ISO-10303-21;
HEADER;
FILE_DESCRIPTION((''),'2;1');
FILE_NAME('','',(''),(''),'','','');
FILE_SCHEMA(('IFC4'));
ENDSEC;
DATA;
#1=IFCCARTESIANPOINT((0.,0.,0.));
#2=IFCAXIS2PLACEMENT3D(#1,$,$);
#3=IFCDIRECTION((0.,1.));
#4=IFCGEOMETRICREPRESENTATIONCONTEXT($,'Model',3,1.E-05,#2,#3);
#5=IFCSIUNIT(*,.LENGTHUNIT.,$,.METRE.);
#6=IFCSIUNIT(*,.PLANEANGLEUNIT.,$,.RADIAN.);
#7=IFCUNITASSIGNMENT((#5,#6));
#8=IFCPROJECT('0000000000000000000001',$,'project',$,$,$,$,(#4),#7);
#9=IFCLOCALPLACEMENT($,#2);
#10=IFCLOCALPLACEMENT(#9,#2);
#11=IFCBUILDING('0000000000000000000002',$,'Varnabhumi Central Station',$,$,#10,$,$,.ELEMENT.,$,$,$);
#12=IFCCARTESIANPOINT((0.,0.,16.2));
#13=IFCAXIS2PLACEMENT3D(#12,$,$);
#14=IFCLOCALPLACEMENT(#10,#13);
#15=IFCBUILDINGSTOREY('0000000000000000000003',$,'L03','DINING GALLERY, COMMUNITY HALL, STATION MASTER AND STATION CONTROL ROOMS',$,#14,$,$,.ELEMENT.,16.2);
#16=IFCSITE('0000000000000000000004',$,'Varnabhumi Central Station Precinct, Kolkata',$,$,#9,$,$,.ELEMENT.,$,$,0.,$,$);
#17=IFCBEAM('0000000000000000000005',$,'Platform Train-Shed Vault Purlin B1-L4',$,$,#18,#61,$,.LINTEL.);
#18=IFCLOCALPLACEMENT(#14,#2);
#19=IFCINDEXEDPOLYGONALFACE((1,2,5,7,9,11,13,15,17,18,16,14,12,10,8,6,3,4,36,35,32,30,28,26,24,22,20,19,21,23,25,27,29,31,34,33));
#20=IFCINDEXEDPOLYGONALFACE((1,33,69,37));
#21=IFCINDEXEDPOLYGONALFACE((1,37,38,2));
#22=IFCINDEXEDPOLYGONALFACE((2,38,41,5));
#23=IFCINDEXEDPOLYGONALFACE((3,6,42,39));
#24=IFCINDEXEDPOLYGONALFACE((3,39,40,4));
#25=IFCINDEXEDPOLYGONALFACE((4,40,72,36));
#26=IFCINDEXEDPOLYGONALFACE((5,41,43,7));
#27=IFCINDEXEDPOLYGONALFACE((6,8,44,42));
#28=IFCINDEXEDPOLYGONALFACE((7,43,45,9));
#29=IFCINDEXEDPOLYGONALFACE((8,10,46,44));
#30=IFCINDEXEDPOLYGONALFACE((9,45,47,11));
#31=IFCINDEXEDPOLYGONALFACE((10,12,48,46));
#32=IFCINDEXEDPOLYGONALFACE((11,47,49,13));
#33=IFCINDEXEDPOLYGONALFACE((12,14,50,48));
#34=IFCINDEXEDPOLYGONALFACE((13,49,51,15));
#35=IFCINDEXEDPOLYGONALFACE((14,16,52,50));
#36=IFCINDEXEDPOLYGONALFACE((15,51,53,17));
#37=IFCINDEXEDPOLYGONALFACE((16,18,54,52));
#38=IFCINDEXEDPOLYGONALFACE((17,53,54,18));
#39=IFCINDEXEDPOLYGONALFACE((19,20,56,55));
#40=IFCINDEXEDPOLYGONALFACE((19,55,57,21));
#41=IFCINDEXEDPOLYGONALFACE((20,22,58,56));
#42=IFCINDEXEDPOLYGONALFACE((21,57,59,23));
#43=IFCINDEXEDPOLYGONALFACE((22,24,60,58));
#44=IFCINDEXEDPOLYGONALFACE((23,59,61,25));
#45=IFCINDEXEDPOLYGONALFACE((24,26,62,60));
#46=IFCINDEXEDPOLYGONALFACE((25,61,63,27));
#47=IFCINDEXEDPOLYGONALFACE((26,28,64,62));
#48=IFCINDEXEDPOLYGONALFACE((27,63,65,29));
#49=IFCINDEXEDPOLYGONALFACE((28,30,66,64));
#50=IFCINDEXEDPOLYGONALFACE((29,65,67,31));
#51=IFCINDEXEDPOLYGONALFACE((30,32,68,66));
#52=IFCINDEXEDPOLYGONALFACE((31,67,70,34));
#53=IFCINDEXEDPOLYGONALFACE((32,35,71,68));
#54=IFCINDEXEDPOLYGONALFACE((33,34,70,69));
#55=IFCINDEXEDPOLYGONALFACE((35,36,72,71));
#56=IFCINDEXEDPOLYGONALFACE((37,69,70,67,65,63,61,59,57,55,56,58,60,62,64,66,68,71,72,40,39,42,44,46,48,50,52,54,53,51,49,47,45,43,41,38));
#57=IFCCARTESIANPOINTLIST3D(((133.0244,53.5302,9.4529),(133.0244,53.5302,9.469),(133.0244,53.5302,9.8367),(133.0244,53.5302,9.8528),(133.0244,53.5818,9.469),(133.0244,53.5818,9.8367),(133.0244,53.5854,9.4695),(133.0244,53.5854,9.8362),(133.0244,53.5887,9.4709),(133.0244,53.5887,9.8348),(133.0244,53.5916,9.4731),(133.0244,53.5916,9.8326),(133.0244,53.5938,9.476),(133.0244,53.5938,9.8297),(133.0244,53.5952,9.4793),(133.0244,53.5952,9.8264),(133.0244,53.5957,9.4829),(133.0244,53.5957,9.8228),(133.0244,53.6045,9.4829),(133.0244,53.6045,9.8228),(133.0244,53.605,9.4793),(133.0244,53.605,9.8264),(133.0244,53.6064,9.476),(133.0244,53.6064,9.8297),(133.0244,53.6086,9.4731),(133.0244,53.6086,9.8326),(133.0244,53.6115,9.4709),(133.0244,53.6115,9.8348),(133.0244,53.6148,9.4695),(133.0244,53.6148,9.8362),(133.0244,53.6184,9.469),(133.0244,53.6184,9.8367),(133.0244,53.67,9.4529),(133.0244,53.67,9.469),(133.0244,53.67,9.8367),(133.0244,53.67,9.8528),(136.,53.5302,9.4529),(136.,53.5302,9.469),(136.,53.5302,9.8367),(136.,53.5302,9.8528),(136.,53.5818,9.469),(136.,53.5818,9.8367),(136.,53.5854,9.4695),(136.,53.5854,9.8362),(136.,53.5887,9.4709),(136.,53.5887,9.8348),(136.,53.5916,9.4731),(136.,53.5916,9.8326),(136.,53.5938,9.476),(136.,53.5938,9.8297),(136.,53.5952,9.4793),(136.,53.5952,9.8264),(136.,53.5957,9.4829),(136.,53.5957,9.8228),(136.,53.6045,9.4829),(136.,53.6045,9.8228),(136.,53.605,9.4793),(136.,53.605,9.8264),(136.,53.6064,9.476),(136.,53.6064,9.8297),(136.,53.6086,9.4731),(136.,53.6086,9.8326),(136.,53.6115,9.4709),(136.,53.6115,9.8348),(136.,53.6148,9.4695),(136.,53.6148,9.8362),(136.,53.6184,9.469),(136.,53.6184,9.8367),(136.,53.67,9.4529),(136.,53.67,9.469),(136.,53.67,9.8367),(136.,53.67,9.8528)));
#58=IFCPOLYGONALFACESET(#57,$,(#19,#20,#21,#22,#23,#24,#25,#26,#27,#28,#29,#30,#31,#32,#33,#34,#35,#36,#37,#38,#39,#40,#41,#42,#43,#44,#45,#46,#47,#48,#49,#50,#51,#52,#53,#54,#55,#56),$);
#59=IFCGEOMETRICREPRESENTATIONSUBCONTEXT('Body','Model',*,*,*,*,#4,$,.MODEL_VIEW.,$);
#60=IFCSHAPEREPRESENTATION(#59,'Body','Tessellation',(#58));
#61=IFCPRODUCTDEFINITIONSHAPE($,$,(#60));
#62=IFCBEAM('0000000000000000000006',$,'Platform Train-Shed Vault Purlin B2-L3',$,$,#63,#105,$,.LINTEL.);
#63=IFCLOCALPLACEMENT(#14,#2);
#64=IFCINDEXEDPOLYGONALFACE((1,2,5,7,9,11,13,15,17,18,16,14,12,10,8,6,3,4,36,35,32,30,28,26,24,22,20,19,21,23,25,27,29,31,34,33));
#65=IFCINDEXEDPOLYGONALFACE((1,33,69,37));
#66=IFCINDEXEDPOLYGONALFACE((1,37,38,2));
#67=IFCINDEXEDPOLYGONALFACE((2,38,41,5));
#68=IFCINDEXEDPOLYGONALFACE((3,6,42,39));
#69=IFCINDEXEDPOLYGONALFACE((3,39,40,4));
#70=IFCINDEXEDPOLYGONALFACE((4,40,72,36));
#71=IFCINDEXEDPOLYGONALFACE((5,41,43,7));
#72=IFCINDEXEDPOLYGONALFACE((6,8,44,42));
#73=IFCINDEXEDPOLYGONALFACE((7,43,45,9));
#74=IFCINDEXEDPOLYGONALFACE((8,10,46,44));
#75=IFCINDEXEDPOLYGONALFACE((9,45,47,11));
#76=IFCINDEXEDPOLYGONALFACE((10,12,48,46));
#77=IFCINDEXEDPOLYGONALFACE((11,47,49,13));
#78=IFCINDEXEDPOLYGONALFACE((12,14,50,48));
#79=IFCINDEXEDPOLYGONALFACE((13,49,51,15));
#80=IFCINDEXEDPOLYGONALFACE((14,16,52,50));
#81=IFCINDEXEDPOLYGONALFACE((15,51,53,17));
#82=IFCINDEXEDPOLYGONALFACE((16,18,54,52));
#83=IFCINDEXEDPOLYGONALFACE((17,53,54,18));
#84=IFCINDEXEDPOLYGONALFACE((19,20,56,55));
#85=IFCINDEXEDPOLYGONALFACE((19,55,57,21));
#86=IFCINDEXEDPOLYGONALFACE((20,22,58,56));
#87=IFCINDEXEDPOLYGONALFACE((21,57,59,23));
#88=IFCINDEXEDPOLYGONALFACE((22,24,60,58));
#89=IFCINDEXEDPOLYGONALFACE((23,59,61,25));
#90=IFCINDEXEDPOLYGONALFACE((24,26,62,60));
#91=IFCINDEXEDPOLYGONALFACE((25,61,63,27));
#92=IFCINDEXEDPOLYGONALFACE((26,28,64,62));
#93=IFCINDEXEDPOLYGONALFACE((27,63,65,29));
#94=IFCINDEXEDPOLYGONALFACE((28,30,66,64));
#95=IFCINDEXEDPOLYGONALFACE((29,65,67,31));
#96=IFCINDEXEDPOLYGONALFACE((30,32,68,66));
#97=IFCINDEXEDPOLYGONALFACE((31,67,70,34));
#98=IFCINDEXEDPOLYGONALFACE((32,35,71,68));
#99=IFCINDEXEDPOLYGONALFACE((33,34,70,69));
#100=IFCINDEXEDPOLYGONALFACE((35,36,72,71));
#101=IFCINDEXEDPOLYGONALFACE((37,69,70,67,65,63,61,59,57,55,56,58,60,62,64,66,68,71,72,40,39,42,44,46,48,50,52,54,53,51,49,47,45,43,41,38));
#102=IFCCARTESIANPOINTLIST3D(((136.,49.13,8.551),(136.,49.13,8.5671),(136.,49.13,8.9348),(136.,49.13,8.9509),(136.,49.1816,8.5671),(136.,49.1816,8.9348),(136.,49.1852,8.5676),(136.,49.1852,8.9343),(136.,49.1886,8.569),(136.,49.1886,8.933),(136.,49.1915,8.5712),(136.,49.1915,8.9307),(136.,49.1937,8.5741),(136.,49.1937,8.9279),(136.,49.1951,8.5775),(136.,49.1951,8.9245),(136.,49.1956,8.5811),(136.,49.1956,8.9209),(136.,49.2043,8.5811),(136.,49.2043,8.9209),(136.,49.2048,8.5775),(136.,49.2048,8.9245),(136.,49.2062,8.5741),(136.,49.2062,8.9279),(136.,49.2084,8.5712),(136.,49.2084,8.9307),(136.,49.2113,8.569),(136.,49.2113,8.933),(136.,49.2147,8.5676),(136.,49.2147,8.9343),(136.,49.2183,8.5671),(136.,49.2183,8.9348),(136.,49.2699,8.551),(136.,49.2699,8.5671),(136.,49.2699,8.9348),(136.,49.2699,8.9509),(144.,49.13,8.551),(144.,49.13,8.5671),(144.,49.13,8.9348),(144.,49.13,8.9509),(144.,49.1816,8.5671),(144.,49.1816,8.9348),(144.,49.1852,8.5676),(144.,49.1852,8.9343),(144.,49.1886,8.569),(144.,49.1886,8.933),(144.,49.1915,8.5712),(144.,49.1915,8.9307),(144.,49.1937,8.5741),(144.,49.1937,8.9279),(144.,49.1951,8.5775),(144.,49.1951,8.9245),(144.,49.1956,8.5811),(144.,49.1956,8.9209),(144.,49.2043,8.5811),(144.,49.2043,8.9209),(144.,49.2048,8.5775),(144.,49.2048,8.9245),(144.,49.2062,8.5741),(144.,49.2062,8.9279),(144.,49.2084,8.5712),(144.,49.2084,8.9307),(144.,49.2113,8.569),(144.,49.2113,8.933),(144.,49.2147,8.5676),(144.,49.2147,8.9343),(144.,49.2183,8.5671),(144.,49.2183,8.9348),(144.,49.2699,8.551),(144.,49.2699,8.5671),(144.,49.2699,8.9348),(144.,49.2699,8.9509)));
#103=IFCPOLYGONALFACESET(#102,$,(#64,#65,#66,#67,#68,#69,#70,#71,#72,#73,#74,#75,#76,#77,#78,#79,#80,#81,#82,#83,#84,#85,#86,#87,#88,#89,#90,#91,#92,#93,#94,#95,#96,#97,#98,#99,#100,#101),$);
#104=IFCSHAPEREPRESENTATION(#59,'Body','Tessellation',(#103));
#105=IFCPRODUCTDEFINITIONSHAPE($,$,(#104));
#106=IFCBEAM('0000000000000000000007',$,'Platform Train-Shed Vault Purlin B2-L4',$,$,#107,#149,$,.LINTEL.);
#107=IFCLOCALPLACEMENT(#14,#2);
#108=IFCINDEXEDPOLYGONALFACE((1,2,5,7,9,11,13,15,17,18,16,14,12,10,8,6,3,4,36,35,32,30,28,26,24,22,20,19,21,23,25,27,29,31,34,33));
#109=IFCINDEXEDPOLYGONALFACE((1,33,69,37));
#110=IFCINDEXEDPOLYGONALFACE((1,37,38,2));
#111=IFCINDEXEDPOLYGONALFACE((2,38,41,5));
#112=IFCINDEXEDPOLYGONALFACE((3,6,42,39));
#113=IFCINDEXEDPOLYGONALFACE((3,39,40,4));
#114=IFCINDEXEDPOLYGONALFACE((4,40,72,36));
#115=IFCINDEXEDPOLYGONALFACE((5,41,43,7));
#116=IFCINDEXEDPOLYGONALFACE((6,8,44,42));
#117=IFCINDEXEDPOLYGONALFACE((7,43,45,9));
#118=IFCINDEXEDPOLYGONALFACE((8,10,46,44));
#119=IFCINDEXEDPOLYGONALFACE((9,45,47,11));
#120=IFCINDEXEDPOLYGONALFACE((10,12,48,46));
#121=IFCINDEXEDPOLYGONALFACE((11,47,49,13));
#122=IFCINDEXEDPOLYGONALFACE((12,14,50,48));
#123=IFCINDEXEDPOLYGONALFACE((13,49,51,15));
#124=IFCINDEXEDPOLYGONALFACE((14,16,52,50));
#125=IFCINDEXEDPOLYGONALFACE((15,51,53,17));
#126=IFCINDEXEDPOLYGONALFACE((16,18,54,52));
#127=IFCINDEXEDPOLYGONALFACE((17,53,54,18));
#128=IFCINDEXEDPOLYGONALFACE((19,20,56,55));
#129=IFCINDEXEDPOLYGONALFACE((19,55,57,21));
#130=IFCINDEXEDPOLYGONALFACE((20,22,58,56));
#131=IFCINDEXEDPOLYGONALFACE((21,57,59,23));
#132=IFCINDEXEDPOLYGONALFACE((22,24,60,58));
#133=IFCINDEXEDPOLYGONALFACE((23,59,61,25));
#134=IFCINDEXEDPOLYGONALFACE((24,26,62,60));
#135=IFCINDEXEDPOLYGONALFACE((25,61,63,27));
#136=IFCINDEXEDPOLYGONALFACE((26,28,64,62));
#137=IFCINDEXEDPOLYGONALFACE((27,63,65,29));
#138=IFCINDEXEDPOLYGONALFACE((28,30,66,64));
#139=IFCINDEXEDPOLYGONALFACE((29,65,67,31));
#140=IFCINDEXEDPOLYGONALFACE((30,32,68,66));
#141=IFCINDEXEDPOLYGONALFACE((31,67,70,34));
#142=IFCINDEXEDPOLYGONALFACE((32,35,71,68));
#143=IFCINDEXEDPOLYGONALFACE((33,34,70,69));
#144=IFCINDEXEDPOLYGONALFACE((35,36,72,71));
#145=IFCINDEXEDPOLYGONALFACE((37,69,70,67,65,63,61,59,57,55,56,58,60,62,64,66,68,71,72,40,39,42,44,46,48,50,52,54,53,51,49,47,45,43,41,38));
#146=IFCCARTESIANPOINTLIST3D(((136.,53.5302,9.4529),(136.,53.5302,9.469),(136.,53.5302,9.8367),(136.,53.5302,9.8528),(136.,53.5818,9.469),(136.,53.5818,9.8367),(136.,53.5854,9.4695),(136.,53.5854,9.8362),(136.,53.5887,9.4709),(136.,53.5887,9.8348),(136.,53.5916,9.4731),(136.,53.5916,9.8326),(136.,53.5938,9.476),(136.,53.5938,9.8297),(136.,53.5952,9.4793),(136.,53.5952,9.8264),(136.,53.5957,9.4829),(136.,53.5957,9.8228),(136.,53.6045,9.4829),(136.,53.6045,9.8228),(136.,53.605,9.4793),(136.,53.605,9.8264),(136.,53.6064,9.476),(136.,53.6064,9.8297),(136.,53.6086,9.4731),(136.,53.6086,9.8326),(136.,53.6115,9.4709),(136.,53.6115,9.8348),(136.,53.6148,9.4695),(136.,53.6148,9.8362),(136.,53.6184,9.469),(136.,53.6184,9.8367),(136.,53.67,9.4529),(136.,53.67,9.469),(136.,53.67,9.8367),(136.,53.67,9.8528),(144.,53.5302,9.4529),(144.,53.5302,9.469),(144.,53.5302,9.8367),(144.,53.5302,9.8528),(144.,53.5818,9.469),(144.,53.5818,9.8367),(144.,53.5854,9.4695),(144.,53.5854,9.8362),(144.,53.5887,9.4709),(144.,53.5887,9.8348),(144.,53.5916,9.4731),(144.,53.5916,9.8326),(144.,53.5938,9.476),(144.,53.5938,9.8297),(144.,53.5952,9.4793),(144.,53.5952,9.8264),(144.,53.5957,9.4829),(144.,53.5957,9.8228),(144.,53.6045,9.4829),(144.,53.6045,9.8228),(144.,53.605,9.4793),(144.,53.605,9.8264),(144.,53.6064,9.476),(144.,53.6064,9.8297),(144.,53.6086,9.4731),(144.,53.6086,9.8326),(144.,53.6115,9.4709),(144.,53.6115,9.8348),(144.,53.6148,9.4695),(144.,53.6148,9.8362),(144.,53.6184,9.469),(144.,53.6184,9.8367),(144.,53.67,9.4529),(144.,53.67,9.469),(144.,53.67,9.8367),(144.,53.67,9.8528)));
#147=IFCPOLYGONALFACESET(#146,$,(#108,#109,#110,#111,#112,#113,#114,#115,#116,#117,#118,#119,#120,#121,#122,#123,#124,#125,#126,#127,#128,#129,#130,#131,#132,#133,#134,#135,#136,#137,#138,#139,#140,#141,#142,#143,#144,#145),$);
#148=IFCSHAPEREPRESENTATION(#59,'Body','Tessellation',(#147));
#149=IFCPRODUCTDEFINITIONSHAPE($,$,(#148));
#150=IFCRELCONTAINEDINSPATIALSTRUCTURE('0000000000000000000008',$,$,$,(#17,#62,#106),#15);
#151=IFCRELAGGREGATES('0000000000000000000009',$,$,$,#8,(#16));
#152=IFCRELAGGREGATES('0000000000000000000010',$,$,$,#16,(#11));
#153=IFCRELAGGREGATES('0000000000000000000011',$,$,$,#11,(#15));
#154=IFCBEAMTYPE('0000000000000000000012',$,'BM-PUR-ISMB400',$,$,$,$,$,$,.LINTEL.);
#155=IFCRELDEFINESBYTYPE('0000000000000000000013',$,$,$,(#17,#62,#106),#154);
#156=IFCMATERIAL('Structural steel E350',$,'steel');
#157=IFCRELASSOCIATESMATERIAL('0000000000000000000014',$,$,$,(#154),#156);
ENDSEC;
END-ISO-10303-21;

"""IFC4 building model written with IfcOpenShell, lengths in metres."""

from ifc_helpers import new_model, si_unit, direction, frame, origin, origin_2d, place, context, subcontext, project, spatial, i_section, extrude, material, material_profile, profile_set, type_object, element, save


model = new_model("IFC4")

# Units and contexts
model_context = context("Model", 3, precision=1e-05, world=origin(), true_north=direction((0.0, 1.0)))
body_context = subcontext(model_context, "Body", "Model", "MODEL_VIEW")
ifc_project = project(units=[si_unit("LENGTHUNIT", "METRE"), si_unit("PLANEANGLEUNIT", "RADIAN")], contexts=[model_context])

# Site, building, storey
site_placement = place(None, origin())
site = spatial("IfcSite", under=ifc_project, at=site_placement, Name="Varnabhumi Central Station Precinct, Kolkata", CompositionType="ELEMENT", RefElevation=0.0)
building_placement = place(site_placement, origin())
building = spatial("IfcBuilding", under=site, at=building_placement, Name="Varnabhumi Central Station", CompositionType="ELEMENT")
storey_placement = place(building_placement, frame((0.0, 0.0, 16.2)))
storey = spatial("IfcBuildingStorey", under=building, at=storey_placement, Name="L03", Description="DINING GALLERY, COMMUNITY HALL, STATION MASTER AND STATION CONTROL ROOMS", CompositionType="ELEMENT", Elevation=16.2)

# Beams
ifc_material_1 = material(Name="Structural steel E350", Category="steel")
ifc_material_profile_1 = material_profile(ifc_material_1, i_section(OverallWidth=0.1399, OverallDepth=0.3999, WebThickness=0.0088, FlangeThickness=0.0161, FilletRadius=0.0139, at=origin_2d()), Name="Structural steel E350", Category="steel")
ifc_profile_set_1 = profile_set([ifc_material_profile_1], Name="Structural steel E350")
beam_type_1 = type_object("IfcBeamType", Name="BM-PUR-ISMB400", PredefinedType="LINTEL", material=ifc_profile_set_1)
beam_1_placement = place(storey_placement, frame((133.0244, 53.6001, 9.6528), z_axis=(1.0, 0.0, 0.0), x_axis=(0.0, 1.0, 0.0)))
element("IfcBeam", 1, at=beam_1_placement, inside=storey, type_object=beam_type_1, Name="Platform Train-Shed Vault Purlin B1-L4", PredefinedType="LINTEL", context=body_context, shape_type="SweptSolid", body=[
    extrude(i_section(OverallWidth=0.1399, OverallDepth=0.3999, WebThickness=0.0088, FlangeThickness=0.0161, FilletRadius=0.0139, at=origin_2d()), origin(), (0.0, 0.0, 1.0), 2.9756),
])
for number, where, z_axis, x_axis, name in (
    (2, (136.0, 49.2, 8.751), (1.0, 0.0, 0.0), (0.0, 1.0, 0.0), "Platform Train-Shed Vault Purlin B2-L3"),
    (3, (136.0, 53.6001, 9.6528), (1.0, 0.0, 0.0), (0.0, 1.0, 0.0), "Platform Train-Shed Vault Purlin B2-L4"),
):
    element("IfcBeam", number, at=place(storey_placement, frame(where, z_axis=z_axis, x_axis=x_axis)), inside=storey, type_object=beam_type_1, Name=name, PredefinedType="LINTEL", context=body_context, shape_type="SweptSolid", body=[
        extrude(i_section(OverallWidth=0.1399, OverallDepth=0.3999, WebThickness=0.0088, FlangeThickness=0.0161, FilletRadius=0.0139, at=origin_2d()), origin(), (0.0, 0.0, 1.0), 8.0),
    ])

save(model, "model.ifc")
